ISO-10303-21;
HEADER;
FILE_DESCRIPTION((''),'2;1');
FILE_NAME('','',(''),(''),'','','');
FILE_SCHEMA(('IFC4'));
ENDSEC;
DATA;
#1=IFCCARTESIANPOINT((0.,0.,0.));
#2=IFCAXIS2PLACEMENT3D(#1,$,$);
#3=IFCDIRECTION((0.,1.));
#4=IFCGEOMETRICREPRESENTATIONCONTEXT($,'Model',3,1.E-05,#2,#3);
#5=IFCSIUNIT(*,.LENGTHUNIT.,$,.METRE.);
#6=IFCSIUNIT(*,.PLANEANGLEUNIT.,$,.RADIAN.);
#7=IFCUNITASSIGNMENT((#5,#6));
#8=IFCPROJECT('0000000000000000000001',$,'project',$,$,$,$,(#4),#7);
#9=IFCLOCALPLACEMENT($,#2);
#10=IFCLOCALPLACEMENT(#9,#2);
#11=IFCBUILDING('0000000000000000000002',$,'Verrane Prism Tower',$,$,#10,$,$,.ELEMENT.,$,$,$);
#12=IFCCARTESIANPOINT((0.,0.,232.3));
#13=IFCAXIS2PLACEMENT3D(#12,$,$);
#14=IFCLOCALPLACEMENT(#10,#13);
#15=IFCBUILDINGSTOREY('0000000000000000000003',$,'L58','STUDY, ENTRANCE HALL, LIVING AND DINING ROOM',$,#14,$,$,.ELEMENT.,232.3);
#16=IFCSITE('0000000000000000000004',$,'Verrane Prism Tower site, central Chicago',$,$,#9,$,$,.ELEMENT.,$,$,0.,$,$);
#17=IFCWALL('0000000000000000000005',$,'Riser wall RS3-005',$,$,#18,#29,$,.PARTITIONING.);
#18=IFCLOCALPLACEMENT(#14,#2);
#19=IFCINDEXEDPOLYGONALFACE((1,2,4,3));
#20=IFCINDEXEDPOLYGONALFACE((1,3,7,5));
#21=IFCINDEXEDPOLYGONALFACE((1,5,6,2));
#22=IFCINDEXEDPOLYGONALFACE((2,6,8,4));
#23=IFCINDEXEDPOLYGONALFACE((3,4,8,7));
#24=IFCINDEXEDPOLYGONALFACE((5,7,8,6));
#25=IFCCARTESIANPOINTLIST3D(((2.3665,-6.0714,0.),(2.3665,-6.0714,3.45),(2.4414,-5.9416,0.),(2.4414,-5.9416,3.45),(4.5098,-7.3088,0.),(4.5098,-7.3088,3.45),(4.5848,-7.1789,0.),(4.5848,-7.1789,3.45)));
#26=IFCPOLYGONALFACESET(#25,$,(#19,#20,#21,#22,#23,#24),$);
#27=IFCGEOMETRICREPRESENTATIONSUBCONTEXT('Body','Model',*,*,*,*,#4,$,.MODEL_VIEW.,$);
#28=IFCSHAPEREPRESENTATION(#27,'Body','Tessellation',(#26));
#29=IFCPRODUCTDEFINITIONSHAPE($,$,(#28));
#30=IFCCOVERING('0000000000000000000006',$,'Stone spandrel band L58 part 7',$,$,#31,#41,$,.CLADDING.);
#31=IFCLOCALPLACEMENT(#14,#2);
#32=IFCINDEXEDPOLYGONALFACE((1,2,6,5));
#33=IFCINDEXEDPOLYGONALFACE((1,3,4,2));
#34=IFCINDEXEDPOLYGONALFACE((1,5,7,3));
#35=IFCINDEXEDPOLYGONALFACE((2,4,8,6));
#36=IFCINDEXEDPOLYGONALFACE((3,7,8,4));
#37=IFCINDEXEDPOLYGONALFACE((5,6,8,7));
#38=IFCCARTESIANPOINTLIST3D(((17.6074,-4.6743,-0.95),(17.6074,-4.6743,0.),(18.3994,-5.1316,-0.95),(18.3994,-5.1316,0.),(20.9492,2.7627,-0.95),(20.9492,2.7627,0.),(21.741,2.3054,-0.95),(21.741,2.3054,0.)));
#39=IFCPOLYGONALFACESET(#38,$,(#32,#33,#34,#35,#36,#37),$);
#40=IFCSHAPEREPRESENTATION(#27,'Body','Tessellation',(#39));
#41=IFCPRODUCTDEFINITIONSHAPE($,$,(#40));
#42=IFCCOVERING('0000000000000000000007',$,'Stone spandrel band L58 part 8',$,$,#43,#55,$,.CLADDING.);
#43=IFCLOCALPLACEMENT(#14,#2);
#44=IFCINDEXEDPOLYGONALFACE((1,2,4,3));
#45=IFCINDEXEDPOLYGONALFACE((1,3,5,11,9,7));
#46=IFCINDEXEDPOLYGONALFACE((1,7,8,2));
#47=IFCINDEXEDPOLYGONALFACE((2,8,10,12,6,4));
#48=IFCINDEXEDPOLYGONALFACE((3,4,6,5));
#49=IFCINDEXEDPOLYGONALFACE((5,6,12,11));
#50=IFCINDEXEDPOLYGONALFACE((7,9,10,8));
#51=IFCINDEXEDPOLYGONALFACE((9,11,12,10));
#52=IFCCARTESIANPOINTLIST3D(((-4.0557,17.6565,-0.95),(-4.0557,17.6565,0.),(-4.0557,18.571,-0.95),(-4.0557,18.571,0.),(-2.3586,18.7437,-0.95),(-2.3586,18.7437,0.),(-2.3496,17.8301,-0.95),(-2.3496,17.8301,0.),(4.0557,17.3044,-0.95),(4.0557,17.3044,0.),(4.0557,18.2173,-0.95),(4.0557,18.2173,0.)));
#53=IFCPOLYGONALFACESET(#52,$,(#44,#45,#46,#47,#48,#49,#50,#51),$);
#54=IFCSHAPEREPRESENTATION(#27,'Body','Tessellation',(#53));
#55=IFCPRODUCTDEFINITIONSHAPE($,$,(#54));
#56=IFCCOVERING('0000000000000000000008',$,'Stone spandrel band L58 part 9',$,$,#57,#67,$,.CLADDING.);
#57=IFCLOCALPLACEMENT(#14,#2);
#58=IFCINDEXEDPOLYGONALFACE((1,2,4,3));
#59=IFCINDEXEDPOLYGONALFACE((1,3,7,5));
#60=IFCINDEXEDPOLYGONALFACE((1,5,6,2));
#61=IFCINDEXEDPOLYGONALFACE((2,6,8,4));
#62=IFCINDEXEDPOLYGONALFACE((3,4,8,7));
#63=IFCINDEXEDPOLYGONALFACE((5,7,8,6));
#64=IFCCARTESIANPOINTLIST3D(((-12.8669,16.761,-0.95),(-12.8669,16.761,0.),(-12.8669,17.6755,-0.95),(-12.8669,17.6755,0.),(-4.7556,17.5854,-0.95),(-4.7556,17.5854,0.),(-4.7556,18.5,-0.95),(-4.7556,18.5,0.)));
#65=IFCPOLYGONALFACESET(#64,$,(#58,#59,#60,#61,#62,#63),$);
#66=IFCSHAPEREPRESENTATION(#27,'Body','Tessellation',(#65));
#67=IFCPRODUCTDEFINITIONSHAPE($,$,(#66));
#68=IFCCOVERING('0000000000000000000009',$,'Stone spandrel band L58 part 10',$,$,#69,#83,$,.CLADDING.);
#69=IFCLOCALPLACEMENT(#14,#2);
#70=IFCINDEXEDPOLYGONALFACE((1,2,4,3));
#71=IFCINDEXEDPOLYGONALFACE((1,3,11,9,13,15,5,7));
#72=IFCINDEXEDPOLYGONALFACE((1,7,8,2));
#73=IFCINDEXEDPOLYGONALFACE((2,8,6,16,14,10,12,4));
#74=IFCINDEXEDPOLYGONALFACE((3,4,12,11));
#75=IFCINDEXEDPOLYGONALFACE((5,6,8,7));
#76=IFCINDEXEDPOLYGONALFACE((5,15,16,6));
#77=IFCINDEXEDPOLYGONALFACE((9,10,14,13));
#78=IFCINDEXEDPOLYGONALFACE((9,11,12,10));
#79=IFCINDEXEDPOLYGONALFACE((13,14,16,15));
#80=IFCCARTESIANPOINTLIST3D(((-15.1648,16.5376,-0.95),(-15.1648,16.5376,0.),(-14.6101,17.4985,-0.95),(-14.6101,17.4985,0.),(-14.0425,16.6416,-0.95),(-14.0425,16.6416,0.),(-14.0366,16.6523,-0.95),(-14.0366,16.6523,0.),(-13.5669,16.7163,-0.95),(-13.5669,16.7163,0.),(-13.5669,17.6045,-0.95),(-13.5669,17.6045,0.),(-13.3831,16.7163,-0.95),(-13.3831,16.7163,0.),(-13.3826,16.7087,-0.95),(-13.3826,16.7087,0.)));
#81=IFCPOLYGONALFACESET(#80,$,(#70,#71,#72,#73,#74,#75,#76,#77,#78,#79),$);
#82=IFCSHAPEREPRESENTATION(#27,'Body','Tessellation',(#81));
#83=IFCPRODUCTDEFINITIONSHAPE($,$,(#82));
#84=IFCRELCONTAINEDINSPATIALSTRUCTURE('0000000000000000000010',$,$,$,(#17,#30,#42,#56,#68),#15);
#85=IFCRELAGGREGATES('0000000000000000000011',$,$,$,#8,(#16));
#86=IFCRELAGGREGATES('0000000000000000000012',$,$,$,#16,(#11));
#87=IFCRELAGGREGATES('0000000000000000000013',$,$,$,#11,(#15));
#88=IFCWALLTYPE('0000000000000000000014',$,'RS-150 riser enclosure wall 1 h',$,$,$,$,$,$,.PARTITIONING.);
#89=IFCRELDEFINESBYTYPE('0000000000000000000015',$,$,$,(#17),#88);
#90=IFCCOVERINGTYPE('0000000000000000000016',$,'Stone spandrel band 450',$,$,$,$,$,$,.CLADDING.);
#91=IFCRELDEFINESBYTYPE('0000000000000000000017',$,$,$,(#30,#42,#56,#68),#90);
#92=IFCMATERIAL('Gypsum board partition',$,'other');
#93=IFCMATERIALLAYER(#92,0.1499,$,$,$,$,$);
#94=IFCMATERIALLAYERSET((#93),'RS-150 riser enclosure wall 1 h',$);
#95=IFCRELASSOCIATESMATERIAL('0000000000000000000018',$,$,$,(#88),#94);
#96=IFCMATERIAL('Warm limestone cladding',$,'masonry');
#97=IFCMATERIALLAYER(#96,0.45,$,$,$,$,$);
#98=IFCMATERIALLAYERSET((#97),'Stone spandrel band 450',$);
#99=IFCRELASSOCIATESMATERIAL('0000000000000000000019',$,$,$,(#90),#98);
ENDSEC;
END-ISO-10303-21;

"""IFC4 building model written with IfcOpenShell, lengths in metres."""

from ifc_helpers import new_model, si_unit, direction, frame, frame_2d, origin, place, context, subcontext, project, spatial, polyline, rectangle, outline, extrude, material, layer, layer_set, type_object, element, save


model = new_model("IFC4")

# Units and contexts
model_context = context("Model", 3, precision=1e-05, world=origin(), true_north=direction((0.0, 1.0)))
body_context = subcontext(model_context, "Body", "Model", "MODEL_VIEW")
ifc_project = project(units=[si_unit("LENGTHUNIT", "METRE"), si_unit("PLANEANGLEUNIT", "RADIAN")], contexts=[model_context])

# Site, building, storey
site_placement = place(None, origin())
site = spatial("IfcSite", under=ifc_project, at=site_placement, Name="Verrane Prism Tower site, central Chicago", CompositionType="ELEMENT", RefElevation=0.0)
building_placement = place(site_placement, origin())
building = spatial("IfcBuilding", under=site, at=building_placement, Name="Verrane Prism Tower", CompositionType="ELEMENT")
storey_placement = place(building_placement, frame((0.0, 0.0, 232.3)))
storey = spatial("IfcBuildingStorey", under=building, at=storey_placement, Name="L58", Description="STUDY, ENTRANCE HALL, LIVING AND DINING ROOM", CompositionType="ELEMENT", Elevation=232.3)

# Shared definitions
ifc_material_1 = material(Name="Gypsum board partition", Category="other")
ifc_layer_1 = layer(ifc_material_1, 0.1499)
ifc_layer_set_1 = layer_set([ifc_layer_1], Name="RS-150 riser enclosure wall 1 h")
wall_type_1 = type_object("IfcWallType", Name="RS-150 riser enclosure wall 1 h", PredefinedType="PARTITIONING", material=ifc_layer_set_1)

# Wall
wall_1_placement = place(storey_placement, frame((2.4041, -6.0066, 0.0), z_axis=(0.0, 0.0, 1.0), x_axis=(0.866049, -0.499959, 0.0)))
element("IfcWall", 1, at=wall_1_placement, inside=storey, type_object=wall_type_1, Name="Riser wall RS3-005", PredefinedType="PARTITIONING", context=body_context, shape_type="SweptSolid", body=[
    extrude(rectangle(XDim=2.4749, YDim=0.1499, at=frame_2d((1.2373, 0.0))), origin(), (0.0, 0.0, 1.0), 3.45),
])

# Coverings
ifc_material_2 = material(Name="Warm limestone cladding", Category="masonry")
ifc_layer_2 = layer(ifc_material_2, 0.45)
ifc_layer_set_2 = layer_set([ifc_layer_2], Name="Stone spandrel band 450")
covering_type = type_object("IfcCoveringType", Name="Stone spandrel band 450", PredefinedType="CLADDING", material=ifc_layer_set_2)
covering_1_placement = place(storey_placement, frame((0.0, 0.0, -0.95)))
element("IfcCovering", 2, at=covering_1_placement, inside=storey, type_object=covering_type, Name="Stone spandrel band L58 part 7", PredefinedType="CLADDING", context=body_context, shape_type="SweptSolid", body=[
    extrude(outline(polyline([(20.9492, 2.7627), (17.6074, -4.6743), (18.3994, -5.1316), (21.741, 2.3054), (20.9492, 2.7627)])), origin(), (0.0, 0.0, 1.0), 0.95),
])
covering_2_placement = place(storey_placement, frame((0.0, 0.0, -0.95)))
element("IfcCovering", 3, at=covering_2_placement, inside=storey, type_object=covering_type, Name="Stone spandrel band L58 part 8", PredefinedType="CLADDING", context=body_context, shape_type="SweptSolid", body=[
    extrude(outline(polyline([(4.0557, 17.3044), (4.0557, 18.2173), (-2.3586, 18.7437), (-4.0557, 18.571), (-4.0557, 17.6565), (-2.3496, 17.8301), (4.0557, 17.3044)])), origin(), (0.0, 0.0, 1.0), 0.95),
])
covering_3_placement = place(storey_placement, frame((0.0, 0.0, -0.95)))
element("IfcCovering", 4, at=covering_3_placement, inside=storey, type_object=covering_type, Name="Stone spandrel band L58 part 9", PredefinedType="CLADDING", context=body_context, shape_type="SweptSolid", body=[
    extrude(outline(polyline([(-4.7556, 17.5854), (-4.7556, 18.5), (-12.8669, 17.6755), (-12.8669, 16.761), (-4.7556, 17.5854)])), origin(), (0.0, 0.0, 1.0), 0.95),
])
covering_4_placement = place(storey_placement, frame((0.0, 0.0, -0.95)))
element("IfcCovering", 5, at=covering_4_placement, inside=storey, type_object=covering_type, Name="Stone spandrel band L58 part 10", PredefinedType="CLADDING", context=body_context, shape_type="SweptSolid", body=[
    extrude(outline(polyline([(-13.3826, 16.7087), (-13.3831, 16.7163), (-13.5669, 16.7163), (-13.5669, 17.6045), (-14.6101, 17.4985), (-15.1648, 16.5376), (-14.0366, 16.6523), (-14.0425, 16.6416), (-13.3826, 16.7087)])), origin(), (0.0, 0.0, 1.0), 0.95),
])

save(model, "model.ifc")
